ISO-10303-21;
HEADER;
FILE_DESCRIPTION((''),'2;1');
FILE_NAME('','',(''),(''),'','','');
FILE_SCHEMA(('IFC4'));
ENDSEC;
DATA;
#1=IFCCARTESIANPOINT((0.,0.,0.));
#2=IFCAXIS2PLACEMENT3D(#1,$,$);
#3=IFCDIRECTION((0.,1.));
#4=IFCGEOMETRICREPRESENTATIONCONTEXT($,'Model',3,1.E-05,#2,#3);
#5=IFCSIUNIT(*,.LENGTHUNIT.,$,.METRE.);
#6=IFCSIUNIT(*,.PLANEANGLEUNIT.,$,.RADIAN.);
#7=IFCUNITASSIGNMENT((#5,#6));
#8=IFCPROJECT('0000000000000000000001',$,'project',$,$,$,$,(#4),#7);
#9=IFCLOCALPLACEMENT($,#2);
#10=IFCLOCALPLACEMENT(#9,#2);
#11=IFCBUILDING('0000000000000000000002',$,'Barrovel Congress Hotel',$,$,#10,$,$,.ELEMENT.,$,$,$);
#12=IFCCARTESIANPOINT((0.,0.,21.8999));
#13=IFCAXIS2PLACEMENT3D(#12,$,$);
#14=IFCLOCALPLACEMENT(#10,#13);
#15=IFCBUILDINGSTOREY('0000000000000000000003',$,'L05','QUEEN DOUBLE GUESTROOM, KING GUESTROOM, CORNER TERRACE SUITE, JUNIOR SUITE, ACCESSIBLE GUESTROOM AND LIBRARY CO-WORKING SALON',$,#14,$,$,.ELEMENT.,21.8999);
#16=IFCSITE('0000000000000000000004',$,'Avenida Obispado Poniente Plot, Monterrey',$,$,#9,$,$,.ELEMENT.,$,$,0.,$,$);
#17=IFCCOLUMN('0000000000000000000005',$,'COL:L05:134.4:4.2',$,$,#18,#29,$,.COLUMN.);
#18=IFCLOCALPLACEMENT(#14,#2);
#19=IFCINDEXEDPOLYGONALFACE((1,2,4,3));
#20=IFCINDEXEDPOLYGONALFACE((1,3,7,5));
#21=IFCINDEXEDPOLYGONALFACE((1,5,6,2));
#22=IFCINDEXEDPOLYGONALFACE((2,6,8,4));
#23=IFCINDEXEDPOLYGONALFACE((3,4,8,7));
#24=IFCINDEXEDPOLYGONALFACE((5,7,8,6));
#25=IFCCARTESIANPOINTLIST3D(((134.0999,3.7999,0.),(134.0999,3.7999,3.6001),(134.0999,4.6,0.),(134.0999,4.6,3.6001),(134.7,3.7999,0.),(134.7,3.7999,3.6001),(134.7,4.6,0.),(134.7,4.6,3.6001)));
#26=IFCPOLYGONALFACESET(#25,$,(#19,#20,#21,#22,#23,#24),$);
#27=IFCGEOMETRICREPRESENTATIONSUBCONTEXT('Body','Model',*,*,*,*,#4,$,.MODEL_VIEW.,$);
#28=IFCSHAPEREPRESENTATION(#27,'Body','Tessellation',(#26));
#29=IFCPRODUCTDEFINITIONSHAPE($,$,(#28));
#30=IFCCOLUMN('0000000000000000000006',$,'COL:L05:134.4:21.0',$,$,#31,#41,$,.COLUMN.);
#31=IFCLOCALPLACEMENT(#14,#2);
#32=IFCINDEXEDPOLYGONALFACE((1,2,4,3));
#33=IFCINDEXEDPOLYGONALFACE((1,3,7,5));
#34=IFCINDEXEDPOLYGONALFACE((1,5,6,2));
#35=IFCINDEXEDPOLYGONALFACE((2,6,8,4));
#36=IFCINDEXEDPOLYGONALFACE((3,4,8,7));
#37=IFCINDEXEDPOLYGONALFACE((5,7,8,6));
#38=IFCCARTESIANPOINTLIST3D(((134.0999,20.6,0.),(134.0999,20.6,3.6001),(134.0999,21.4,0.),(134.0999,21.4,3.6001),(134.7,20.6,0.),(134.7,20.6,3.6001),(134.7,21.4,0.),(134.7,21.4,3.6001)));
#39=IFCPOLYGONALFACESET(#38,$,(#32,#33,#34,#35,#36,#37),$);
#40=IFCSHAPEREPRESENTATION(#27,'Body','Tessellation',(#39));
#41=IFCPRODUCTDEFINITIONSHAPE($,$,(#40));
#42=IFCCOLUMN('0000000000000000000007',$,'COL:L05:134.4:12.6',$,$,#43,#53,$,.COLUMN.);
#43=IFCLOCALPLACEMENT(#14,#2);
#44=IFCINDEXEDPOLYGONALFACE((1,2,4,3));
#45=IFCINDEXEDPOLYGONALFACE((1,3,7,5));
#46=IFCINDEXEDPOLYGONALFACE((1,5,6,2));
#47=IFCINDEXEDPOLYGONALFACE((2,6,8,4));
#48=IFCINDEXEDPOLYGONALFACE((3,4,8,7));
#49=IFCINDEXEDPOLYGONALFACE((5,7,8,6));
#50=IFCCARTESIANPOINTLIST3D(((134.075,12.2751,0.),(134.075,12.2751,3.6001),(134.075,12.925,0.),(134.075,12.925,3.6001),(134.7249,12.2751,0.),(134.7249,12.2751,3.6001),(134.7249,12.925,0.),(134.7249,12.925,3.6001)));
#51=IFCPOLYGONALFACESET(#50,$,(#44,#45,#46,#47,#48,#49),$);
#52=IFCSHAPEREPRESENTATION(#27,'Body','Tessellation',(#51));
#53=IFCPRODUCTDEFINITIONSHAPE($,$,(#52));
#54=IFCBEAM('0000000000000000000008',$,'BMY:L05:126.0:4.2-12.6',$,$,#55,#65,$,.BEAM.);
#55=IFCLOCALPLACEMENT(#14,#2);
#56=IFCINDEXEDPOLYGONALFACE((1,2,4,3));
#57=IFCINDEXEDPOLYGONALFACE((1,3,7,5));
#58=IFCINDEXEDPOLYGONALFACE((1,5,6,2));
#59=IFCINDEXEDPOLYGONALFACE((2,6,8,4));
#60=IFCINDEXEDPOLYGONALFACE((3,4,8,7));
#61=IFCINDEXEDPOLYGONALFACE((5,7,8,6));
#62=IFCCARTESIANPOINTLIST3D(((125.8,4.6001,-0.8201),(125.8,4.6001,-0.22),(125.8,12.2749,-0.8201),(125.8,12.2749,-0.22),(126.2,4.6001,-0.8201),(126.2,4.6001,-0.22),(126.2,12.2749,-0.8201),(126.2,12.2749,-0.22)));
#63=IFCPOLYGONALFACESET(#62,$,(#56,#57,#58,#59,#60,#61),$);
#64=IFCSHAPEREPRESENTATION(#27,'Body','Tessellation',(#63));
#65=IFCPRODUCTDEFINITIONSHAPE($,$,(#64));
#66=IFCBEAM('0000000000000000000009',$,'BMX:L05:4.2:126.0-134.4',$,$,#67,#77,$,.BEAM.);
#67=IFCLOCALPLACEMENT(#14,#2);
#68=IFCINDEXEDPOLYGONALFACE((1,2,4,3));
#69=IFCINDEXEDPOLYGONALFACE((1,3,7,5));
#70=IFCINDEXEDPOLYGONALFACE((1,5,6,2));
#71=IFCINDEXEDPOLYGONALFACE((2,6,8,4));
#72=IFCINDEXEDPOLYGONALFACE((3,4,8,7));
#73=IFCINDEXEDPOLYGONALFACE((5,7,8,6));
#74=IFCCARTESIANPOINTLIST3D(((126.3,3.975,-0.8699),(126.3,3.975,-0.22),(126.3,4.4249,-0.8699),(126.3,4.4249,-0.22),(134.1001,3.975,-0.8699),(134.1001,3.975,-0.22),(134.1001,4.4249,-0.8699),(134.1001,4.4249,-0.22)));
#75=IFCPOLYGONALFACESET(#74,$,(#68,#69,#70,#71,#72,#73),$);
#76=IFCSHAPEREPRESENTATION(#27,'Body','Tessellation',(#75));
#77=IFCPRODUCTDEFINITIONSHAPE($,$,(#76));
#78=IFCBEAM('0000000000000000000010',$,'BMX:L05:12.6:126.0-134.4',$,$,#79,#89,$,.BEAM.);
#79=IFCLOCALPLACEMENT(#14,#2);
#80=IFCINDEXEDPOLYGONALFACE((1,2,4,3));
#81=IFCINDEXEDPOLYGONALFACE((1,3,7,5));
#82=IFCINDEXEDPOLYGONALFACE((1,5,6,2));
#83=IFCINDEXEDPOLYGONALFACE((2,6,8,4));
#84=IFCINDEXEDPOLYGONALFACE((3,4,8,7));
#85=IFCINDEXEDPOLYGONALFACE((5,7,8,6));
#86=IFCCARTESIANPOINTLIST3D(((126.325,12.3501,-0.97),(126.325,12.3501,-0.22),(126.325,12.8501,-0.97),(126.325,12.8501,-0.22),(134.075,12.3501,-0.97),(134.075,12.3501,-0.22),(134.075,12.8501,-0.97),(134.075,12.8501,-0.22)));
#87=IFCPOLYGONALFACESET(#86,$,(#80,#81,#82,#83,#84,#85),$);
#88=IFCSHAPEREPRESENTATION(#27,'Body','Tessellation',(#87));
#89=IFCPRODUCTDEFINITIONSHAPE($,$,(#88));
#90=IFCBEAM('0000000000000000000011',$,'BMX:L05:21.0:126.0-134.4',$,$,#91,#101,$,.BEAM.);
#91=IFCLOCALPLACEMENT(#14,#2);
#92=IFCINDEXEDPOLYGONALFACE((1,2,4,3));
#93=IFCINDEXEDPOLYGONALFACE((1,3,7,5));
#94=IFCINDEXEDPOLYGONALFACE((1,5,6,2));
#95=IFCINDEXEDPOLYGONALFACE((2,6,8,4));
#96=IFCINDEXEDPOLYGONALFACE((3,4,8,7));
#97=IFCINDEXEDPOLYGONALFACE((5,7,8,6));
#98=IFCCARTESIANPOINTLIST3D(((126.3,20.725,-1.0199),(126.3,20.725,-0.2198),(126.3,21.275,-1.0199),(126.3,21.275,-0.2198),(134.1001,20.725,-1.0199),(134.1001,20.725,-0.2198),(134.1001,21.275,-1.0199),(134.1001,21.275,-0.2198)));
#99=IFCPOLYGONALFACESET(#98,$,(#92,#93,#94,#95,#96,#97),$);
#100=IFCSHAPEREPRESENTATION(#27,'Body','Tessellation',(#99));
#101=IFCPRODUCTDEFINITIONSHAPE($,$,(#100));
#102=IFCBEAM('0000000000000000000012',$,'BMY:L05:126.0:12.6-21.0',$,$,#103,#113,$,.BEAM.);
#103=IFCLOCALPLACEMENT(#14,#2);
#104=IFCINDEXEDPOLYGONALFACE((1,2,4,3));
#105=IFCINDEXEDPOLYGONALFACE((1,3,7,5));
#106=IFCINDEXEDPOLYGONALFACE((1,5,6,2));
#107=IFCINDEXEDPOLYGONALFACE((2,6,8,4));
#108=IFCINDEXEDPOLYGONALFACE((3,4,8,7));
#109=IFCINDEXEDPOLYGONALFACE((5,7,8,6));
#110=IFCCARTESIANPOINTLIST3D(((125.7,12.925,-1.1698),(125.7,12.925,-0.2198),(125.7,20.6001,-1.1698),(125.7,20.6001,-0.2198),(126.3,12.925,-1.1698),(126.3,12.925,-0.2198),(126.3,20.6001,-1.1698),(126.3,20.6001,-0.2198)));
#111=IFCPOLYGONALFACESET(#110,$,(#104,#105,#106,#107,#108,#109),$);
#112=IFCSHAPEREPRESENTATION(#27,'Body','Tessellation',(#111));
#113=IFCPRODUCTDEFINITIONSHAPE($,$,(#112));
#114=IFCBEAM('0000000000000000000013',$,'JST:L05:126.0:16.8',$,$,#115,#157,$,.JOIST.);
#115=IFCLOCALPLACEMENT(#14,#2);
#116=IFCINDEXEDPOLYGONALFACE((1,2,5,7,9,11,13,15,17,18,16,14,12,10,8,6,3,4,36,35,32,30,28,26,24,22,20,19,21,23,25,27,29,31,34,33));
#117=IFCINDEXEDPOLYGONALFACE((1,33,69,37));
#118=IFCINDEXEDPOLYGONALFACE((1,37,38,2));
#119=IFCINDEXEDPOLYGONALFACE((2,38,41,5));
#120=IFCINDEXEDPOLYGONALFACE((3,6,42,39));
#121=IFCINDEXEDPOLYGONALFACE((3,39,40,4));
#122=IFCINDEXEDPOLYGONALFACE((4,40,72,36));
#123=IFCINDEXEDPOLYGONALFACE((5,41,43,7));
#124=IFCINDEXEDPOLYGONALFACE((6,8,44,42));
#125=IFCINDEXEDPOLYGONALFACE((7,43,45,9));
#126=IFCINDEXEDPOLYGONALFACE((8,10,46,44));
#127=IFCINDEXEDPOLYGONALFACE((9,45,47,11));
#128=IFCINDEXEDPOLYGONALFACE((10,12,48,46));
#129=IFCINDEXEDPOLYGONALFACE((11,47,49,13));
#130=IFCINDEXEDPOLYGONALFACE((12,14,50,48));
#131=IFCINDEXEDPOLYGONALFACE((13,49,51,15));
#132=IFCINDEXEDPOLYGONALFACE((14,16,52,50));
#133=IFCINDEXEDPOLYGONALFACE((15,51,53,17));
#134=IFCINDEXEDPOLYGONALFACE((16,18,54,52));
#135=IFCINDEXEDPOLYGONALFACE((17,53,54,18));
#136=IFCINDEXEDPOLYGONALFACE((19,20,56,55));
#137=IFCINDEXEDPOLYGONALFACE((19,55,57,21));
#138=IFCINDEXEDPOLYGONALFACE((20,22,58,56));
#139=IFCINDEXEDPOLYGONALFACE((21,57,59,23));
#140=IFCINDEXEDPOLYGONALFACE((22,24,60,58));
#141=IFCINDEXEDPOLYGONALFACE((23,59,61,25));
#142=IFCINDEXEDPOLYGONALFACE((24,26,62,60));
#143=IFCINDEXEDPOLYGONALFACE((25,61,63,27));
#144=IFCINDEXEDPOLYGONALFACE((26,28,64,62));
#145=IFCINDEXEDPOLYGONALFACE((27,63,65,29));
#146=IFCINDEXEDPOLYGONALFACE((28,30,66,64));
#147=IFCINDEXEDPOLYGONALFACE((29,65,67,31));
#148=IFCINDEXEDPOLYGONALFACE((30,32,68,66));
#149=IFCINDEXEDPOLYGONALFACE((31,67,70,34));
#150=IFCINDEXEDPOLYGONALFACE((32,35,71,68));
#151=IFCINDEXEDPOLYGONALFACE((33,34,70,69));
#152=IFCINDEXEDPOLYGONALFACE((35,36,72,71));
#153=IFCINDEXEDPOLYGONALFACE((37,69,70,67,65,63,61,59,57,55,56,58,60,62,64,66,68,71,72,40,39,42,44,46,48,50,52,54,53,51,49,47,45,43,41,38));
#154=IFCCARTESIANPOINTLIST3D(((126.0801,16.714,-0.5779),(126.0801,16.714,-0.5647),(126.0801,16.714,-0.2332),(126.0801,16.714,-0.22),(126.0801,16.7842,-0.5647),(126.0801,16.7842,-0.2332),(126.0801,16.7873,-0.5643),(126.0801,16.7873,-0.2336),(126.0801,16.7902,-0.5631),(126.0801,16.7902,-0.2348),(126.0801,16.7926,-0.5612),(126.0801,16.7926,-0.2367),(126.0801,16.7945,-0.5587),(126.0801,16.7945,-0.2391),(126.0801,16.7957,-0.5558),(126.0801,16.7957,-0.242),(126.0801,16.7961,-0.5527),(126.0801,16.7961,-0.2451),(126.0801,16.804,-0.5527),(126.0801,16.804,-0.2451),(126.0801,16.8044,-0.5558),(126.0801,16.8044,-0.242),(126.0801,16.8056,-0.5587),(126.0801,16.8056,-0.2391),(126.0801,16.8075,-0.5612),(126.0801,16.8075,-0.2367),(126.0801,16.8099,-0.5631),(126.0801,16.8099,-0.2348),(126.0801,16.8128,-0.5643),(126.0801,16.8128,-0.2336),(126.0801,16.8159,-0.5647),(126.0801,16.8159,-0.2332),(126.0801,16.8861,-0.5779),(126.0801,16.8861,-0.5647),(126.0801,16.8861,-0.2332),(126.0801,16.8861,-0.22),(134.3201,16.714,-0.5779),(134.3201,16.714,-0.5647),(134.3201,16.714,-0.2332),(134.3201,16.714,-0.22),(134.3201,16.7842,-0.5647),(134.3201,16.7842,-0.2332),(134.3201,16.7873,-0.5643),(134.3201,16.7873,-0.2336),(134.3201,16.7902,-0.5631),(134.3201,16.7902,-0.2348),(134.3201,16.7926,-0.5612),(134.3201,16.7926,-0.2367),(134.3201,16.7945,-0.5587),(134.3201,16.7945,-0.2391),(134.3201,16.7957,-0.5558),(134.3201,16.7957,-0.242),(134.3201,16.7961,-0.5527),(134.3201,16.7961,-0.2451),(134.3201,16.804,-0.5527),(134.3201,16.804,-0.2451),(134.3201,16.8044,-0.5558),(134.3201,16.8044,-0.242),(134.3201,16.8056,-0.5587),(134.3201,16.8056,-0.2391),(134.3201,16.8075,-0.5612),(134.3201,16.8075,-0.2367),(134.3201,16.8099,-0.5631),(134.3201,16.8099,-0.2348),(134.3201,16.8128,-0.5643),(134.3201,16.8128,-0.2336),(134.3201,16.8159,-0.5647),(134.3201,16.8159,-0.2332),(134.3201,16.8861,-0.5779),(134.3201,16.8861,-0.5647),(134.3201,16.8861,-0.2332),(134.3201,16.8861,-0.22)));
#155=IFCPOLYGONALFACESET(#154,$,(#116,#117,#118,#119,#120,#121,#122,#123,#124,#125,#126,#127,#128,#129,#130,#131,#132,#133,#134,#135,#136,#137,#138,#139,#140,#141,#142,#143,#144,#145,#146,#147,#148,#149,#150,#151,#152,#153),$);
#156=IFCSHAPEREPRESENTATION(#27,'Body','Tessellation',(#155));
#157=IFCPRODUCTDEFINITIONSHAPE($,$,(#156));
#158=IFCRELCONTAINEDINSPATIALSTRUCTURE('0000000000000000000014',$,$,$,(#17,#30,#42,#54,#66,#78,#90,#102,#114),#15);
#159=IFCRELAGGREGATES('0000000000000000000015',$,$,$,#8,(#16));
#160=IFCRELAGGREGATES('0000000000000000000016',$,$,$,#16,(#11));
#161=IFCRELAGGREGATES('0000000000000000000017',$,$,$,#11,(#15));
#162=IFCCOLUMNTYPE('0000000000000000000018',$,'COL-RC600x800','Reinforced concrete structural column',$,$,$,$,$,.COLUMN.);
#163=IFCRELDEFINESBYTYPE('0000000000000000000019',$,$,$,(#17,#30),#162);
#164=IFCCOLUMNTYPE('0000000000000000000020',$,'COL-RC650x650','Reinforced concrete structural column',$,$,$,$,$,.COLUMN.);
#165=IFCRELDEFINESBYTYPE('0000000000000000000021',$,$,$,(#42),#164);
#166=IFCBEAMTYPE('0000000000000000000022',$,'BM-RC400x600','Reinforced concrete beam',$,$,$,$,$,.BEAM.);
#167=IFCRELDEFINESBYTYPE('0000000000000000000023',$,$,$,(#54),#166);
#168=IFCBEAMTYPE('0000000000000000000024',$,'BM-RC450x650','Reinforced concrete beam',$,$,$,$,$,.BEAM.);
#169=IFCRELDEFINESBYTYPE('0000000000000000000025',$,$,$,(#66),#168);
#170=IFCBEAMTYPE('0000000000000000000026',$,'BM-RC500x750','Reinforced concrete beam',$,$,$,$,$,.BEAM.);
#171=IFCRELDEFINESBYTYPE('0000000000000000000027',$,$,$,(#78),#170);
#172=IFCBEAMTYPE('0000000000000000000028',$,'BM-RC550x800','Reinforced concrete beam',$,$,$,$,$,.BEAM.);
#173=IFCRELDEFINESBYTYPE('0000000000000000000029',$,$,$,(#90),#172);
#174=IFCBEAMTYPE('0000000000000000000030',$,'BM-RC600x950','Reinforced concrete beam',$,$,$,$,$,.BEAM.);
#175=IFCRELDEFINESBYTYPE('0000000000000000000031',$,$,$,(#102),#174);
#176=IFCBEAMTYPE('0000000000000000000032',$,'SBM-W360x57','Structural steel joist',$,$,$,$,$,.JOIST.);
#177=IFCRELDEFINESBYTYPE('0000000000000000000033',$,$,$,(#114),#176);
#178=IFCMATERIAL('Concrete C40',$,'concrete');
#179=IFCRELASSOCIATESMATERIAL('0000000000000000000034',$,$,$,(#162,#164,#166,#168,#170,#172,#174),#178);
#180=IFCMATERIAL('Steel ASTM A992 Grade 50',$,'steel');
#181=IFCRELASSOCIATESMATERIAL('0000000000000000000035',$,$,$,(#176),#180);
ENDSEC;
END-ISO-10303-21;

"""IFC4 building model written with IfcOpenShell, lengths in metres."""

from ifc_helpers import new_model, si_unit, direction, frame, origin, origin_2d, place, context, subcontext, project, spatial, rectangle, i_section, extrude, material, material_profile, profile_set, type_object, element, save


model = new_model("IFC4")

# Units and contexts
model_context = context("Model", 3, precision=1e-05, world=origin(), true_north=direction((0.0, 1.0)))
body_context = subcontext(model_context, "Body", "Model", "MODEL_VIEW")
ifc_project = project(units=[si_unit("LENGTHUNIT", "METRE"), si_unit("PLANEANGLEUNIT", "RADIAN")], contexts=[model_context])

# Site, building, storey
site_placement = place(None, origin())
site = spatial("IfcSite", under=ifc_project, at=site_placement, Name="Avenida Obispado Poniente Plot, Monterrey", CompositionType="ELEMENT", RefElevation=0.0)
building_placement = place(site_placement, origin())
building = spatial("IfcBuilding", under=site, at=building_placement, Name="Barrovel Congress Hotel", CompositionType="ELEMENT")
storey_placement = place(building_placement, frame((0.0, 0.0, 21.8999)))
storey = spatial("IfcBuildingStorey", under=building, at=storey_placement, Name="L05", Description="QUEEN DOUBLE GUESTROOM, KING GUESTROOM, CORNER TERRACE SUITE, JUNIOR SUITE, ACCESSIBLE GUESTROOM AND LIBRARY CO-WORKING SALON", CompositionType="ELEMENT", Elevation=21.8999)

# Columns
ifc_material_1 = material(Name="Concrete C40", Category="concrete")
ifc_material_profile_1 = material_profile(ifc_material_1, rectangle(XDim=0.6001, YDim=0.8, at=origin_2d()), Name="RC600x800")
ifc_profile_set_1 = profile_set([ifc_material_profile_1], Name="Concrete C40")
column_type_1 = type_object("IfcColumnType", Name="COL-RC600x800", Description="Reinforced concrete structural column", PredefinedType="COLUMN", material=ifc_profile_set_1)
for number, where, z_axis, x_axis, name in (
    (1, (134.3999, 4.2, 0.0), (0.0, 0.0, 1.0), (1.0, 0.0, 0.0), "COL:L05:134.4:4.2"),
    (2, (134.3999, 21.0, 0.0), (0.0, 0.0, 1.0), (1.0, 0.0, 0.0), "COL:L05:134.4:21.0"),
):
    element("IfcColumn", number, at=place(storey_placement, frame(where, z_axis=z_axis, x_axis=x_axis)), inside=storey, type_object=column_type_1, Name=name, PredefinedType="COLUMN", context=body_context, shape_type="SweptSolid", body=[
        extrude(rectangle(XDim=0.6001, YDim=0.8, at=origin_2d()), origin(), (0.0, 0.0, 1.0), 3.6001),
    ])
ifc_material_profile_2 = material_profile(ifc_material_1, rectangle(XDim=0.6499, YDim=0.6499, at=origin_2d()), Name="RC650x650")
ifc_profile_set_2 = profile_set([ifc_material_profile_2], Name="Concrete C40")
column_type_2 = type_object("IfcColumnType", Name="COL-RC650x650", Description="Reinforced concrete structural column", PredefinedType="COLUMN", material=ifc_profile_set_2)
column_placement = place(storey_placement, frame((134.3999, 12.6001, 0.0), z_axis=(0.0, 0.0, 1.0), x_axis=(1.0, 0.0, 0.0)))
element("IfcColumn", 3, at=column_placement, inside=storey, type_object=column_type_2, Name="COL:L05:134.4:12.6", PredefinedType="COLUMN", context=body_context, shape_type="SweptSolid", body=[
    extrude(rectangle(XDim=0.6499, YDim=0.6499, at=origin_2d()), origin(), (0.0, 0.0, 1.0), 3.6001),
])

# Beams
ifc_material_profile_3 = material_profile(ifc_material_1, rectangle(XDim=0.3999, YDim=0.6001, at=origin_2d()), Name="RC400x600")
ifc_profile_set_3 = profile_set([ifc_material_profile_3], Name="Concrete C40")
beam_type_1 = type_object("IfcBeamType", Name="BM-RC400x600", Description="Reinforced concrete beam", PredefinedType="BEAM", material=ifc_profile_set_3)
beam_1_placement = place(storey_placement, frame((126.0, 4.6001, -0.52), z_axis=(0.0, 1.0, 0.0), x_axis=(-1.0, 0.0, 0.0)))
element("IfcBeam", 4, at=beam_1_placement, inside=storey, type_object=beam_type_1, Name="BMY:L05:126.0:4.2-12.6", PredefinedType="BEAM", context=body_context, shape_type="SweptSolid", body=[
    extrude(rectangle(XDim=0.3999, YDim=0.6001, at=origin_2d()), origin(), (0.0, 0.0, 1.0), 7.6748),
])
ifc_material_profile_4 = material_profile(ifc_material_1, rectangle(XDim=0.45, YDim=0.6499, at=origin_2d()), Name="RC450x650")
ifc_profile_set_4 = profile_set([ifc_material_profile_4], Name="Concrete C40")
beam_type_2 = type_object("IfcBeamType", Name="BM-RC450x650", Description="Reinforced concrete beam", PredefinedType="BEAM", material=ifc_profile_set_4)
beam_2_placement = place(storey_placement, frame((126.3, 4.2, -0.5449), z_axis=(1.0, 0.0, 0.0), x_axis=(0.0, 1.0, 0.0)))
element("IfcBeam", 5, at=beam_2_placement, inside=storey, type_object=beam_type_2, Name="BMX:L05:4.2:126.0-134.4", PredefinedType="BEAM", context=body_context, shape_type="SweptSolid", body=[
    extrude(rectangle(XDim=0.45, YDim=0.6499, at=origin_2d()), origin(), (0.0, 0.0, 1.0), 7.8),
])
ifc_material_profile_5 = material_profile(ifc_material_1, rectangle(XDim=0.5, YDim=0.75, at=origin_2d()), Name="RC500x750")
ifc_profile_set_5 = profile_set([ifc_material_profile_5], Name="Concrete C40")
beam_type_3 = type_object("IfcBeamType", Name="BM-RC500x750", Description="Reinforced concrete beam", PredefinedType="BEAM", material=ifc_profile_set_5)
beam_3_placement = place(storey_placement, frame((126.325, 12.6001, -0.595), z_axis=(1.0, 0.0, 0.0), x_axis=(0.0, 1.0, 0.0)))
element("IfcBeam", 6, at=beam_3_placement, inside=storey, type_object=beam_type_3, Name="BMX:L05:12.6:126.0-134.4", PredefinedType="BEAM", context=body_context, shape_type="SweptSolid", body=[
    extrude(rectangle(XDim=0.5, YDim=0.75, at=origin_2d()), origin(), (0.0, 0.0, 1.0), 7.75),
])
ifc_material_profile_6 = material_profile(ifc_material_1, rectangle(XDim=0.55, YDim=0.8, at=origin_2d()), Name="RC550x800")
ifc_profile_set_6 = profile_set([ifc_material_profile_6], Name="Concrete C40")
beam_type_4 = type_object("IfcBeamType", Name="BM-RC550x800", Description="Reinforced concrete beam", PredefinedType="BEAM", material=ifc_profile_set_6)
beam_4_placement = place(storey_placement, frame((126.3, 21.0, -0.6199), z_axis=(1.0, 0.0, 0.0), x_axis=(0.0, 1.0, 0.0)))
element("IfcBeam", 7, at=beam_4_placement, inside=storey, type_object=beam_type_4, Name="BMX:L05:21.0:126.0-134.4", PredefinedType="BEAM", context=body_context, shape_type="SweptSolid", body=[
    extrude(rectangle(XDim=0.55, YDim=0.8, at=origin_2d()), origin(), (0.0, 0.0, 1.0), 7.8),
])
ifc_material_profile_7 = material_profile(ifc_material_1, rectangle(XDim=0.6001, YDim=0.95, at=origin_2d()), Name="RC600x950")
ifc_profile_set_7 = profile_set([ifc_material_profile_7], Name="Concrete C40")
beam_type_5 = type_object("IfcBeamType", Name="BM-RC600x950", Description="Reinforced concrete beam", PredefinedType="BEAM", material=ifc_profile_set_7)
beam_5_placement = place(storey_placement, frame((126.0, 12.925, -0.6948), z_axis=(0.0, 1.0, 0.0), x_axis=(-1.0, 0.0, 0.0)))
element("IfcBeam", 8, at=beam_5_placement, inside=storey, type_object=beam_type_5, Name="BMY:L05:126.0:12.6-21.0", PredefinedType="BEAM", context=body_context, shape_type="SweptSolid", body=[
    extrude(rectangle(XDim=0.6001, YDim=0.95, at=origin_2d()), origin(), (0.0, 0.0, 1.0), 7.675),
])
ifc_material_2 = material(Name="Steel ASTM A992 Grade 50", Category="steel")
ifc_material_profile_8 = material_profile(ifc_material_2, i_section(OverallWidth=0.1721, OverallDepth=0.3579, WebThickness=0.0078, FlangeThickness=0.0132, FilletRadius=0.012, at=origin_2d()), Name="W360x57")
ifc_profile_set_8 = profile_set([ifc_material_profile_8], Name="Steel ASTM A992 Grade 50")
beam_type_6 = type_object("IfcBeamType", Name="SBM-W360x57", Description="Structural steel joist", PredefinedType="JOIST", material=ifc_profile_set_8)
beam_6_placement = place(storey_placement, frame((126.0801, 16.8, -0.3989), z_axis=(1.0, 0.0, 0.0), x_axis=(0.0, 1.0, 0.0)))
element("IfcBeam", 9, at=beam_6_placement, inside=storey, type_object=beam_type_6, Name="JST:L05:126.0:16.8", PredefinedType="JOIST", context=body_context, shape_type="SweptSolid", body=[
    extrude(i_section(OverallWidth=0.1721, OverallDepth=0.3579, WebThickness=0.0078, FlangeThickness=0.0132, FilletRadius=0.012, at=origin_2d()), origin(), (0.0, 0.0, 1.0), 8.24),
])

save(model, "model.ifc")
